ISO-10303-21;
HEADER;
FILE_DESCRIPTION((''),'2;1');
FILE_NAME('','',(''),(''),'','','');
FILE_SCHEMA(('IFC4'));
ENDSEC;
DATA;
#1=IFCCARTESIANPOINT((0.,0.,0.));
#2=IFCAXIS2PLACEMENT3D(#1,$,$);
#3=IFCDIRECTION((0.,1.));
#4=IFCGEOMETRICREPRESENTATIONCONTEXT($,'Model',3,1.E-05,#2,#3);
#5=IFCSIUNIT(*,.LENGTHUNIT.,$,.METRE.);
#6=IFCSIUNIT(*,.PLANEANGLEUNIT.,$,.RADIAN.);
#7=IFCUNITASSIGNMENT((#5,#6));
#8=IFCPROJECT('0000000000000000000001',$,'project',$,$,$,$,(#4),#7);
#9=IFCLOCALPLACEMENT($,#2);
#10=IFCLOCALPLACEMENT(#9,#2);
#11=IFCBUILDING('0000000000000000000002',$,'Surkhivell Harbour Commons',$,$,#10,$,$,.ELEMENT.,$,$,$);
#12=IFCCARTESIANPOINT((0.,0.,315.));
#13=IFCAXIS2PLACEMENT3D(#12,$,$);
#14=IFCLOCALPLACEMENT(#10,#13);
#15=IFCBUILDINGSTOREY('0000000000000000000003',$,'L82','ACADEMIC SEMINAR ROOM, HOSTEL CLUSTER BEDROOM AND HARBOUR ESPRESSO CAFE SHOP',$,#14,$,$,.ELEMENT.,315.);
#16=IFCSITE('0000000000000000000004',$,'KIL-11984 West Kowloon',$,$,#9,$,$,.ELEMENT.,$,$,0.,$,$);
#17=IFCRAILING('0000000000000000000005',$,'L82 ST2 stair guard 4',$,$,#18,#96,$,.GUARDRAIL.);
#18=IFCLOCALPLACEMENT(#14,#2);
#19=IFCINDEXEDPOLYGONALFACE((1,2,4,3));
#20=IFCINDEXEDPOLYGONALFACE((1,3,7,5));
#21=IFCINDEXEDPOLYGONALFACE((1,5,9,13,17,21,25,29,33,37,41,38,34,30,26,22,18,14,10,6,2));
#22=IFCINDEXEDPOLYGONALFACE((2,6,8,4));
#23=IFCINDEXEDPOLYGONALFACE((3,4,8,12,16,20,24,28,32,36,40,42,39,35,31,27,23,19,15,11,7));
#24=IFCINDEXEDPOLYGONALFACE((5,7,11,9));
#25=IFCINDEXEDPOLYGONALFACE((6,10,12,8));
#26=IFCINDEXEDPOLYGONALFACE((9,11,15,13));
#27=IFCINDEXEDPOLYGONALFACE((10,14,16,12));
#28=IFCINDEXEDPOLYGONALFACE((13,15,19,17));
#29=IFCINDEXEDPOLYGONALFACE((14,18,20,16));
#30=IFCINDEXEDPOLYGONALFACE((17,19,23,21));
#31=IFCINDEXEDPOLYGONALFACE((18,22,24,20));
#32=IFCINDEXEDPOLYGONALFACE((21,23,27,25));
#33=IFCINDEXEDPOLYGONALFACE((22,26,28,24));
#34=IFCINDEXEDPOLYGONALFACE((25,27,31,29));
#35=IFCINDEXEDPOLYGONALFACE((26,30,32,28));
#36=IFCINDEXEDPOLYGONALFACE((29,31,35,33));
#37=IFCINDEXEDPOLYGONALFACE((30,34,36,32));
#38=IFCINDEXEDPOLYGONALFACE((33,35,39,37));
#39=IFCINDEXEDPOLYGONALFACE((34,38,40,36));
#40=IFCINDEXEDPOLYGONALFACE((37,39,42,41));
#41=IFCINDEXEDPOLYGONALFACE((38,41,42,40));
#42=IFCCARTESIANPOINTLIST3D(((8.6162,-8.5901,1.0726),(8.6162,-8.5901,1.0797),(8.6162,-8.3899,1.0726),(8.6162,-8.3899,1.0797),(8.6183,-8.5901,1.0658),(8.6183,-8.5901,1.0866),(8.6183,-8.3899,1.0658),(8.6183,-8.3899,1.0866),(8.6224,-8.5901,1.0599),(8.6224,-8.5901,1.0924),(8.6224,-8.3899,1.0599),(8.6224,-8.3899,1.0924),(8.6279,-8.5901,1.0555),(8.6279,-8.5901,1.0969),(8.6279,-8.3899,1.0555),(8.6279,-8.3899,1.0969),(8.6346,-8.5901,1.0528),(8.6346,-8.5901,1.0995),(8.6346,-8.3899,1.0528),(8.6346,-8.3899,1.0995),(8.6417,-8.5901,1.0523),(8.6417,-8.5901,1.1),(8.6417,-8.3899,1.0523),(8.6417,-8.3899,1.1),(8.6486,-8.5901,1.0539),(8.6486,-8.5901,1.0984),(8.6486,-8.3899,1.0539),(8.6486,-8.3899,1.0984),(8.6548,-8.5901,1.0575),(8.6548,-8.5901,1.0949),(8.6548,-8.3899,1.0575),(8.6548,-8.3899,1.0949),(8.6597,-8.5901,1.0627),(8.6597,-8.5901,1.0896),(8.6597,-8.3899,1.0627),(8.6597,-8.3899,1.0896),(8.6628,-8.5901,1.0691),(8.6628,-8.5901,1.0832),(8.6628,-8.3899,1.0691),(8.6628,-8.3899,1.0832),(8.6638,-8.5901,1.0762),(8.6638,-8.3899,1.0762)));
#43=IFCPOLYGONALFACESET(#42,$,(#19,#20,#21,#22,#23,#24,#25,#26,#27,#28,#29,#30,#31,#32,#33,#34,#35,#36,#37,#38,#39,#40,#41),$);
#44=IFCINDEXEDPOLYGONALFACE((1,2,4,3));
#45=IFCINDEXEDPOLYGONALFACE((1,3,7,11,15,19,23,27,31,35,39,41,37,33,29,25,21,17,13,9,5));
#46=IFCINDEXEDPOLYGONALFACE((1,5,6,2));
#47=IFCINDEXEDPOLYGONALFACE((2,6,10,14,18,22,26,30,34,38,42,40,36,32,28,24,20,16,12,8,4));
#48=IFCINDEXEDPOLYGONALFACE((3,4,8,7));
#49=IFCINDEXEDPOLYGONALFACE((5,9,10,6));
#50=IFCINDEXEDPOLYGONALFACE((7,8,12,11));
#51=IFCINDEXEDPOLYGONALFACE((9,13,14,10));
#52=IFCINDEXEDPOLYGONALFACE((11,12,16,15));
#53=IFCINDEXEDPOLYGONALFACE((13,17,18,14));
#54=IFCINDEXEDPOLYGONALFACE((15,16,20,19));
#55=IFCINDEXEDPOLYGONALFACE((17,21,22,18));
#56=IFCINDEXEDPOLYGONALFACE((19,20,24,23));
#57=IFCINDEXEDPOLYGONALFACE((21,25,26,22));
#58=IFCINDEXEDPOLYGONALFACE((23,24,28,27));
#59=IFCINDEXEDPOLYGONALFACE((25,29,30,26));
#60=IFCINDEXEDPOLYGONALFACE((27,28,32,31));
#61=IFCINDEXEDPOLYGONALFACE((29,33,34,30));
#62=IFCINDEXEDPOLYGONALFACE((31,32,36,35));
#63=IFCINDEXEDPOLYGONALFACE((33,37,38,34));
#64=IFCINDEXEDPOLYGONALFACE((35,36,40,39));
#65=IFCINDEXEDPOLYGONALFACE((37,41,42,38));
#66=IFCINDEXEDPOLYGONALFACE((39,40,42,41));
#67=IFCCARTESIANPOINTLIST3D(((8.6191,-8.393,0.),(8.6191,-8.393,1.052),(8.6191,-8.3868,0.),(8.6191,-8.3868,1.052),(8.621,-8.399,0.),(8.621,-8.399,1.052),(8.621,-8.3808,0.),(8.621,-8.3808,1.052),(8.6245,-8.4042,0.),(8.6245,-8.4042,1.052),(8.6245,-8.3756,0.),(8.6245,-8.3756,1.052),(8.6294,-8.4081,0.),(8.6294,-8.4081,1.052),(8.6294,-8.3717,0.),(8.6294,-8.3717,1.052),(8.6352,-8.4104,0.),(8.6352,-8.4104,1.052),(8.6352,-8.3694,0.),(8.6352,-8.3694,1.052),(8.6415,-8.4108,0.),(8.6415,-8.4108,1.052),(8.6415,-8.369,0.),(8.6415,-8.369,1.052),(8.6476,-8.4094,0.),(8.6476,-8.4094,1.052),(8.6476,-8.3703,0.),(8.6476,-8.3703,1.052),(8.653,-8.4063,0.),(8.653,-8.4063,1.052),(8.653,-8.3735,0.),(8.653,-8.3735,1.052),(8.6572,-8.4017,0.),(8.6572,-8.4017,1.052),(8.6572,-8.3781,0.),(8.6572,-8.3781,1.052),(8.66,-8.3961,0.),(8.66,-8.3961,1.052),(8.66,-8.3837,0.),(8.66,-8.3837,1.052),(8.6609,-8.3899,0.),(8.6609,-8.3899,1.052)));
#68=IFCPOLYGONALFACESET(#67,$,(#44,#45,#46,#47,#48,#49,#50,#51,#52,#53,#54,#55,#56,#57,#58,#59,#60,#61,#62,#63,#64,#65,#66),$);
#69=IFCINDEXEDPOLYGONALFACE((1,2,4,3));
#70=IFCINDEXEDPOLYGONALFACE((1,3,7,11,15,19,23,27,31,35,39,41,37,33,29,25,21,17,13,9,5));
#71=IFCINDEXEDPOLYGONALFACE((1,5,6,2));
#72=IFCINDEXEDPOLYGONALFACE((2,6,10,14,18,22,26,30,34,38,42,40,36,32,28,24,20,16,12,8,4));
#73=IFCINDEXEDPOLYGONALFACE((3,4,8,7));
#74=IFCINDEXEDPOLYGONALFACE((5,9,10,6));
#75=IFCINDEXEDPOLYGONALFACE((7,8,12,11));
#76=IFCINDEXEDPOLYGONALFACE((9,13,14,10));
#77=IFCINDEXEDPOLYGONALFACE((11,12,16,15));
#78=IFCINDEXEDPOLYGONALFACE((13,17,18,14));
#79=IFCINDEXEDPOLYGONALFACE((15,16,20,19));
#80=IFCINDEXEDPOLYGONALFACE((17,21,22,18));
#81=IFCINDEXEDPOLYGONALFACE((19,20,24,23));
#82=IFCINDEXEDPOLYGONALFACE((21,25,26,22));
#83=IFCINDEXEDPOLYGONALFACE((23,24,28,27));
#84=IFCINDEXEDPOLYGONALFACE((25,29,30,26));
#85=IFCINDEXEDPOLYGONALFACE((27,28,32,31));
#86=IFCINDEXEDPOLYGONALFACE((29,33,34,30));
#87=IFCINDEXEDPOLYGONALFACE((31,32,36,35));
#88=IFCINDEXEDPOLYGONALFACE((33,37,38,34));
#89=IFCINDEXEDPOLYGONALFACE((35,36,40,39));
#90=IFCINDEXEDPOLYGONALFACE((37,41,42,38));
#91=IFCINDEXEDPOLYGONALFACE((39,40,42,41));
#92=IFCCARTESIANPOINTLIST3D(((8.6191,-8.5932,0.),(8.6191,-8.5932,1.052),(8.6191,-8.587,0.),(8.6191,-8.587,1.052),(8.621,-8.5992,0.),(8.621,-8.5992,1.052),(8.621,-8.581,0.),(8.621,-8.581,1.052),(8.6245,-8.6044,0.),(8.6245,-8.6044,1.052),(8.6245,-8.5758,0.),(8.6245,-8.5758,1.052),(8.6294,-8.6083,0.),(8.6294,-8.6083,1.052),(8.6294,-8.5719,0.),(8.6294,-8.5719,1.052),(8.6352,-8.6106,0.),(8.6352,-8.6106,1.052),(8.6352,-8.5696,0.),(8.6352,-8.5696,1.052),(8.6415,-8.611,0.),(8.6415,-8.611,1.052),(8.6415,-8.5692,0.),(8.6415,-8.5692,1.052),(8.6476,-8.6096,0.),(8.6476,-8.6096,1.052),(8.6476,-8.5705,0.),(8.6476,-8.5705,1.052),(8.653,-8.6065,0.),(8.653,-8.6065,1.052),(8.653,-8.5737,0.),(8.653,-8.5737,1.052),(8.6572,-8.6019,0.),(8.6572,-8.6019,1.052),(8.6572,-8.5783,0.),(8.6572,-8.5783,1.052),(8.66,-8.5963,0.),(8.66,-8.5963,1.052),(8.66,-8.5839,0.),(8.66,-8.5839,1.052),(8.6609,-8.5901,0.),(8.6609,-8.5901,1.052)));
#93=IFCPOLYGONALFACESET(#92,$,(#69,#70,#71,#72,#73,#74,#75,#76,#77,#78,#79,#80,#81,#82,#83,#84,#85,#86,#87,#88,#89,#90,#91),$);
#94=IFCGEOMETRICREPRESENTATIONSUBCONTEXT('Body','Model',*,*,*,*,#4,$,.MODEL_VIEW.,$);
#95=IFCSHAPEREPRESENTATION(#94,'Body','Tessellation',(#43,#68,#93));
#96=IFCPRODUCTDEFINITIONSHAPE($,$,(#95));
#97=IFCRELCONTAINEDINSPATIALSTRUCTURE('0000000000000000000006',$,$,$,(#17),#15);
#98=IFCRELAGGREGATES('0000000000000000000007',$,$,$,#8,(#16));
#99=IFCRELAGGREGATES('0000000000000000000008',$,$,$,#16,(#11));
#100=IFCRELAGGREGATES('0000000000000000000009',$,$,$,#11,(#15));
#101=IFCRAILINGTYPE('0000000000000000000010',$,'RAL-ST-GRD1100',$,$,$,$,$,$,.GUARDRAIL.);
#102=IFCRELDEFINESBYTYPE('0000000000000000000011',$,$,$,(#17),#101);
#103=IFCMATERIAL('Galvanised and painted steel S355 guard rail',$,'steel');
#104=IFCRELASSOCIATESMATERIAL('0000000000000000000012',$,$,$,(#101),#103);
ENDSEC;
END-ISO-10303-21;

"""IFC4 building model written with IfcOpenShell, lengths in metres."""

from ifc_helpers import new_model, si_unit, direction, frame, origin, origin_2d, place, context, subcontext, project, spatial, circle, extrude, material, type_object, element, save


model = new_model("IFC4")

# Units and contexts
model_context = context("Model", 3, precision=1e-05, world=origin(), true_north=direction((0.0, 1.0)))
body_context = subcontext(model_context, "Body", "Model", "MODEL_VIEW")
ifc_project = project(units=[si_unit("LENGTHUNIT", "METRE"), si_unit("PLANEANGLEUNIT", "RADIAN")], contexts=[model_context])

# Site, building, storey
site_placement = place(None, origin())
site = spatial("IfcSite", under=ifc_project, at=site_placement, Name="KIL-11984 West Kowloon", CompositionType="ELEMENT", RefElevation=0.0)
building_placement = place(site_placement, origin())
building = spatial("IfcBuilding", under=site, at=building_placement, Name="Surkhivell Harbour Commons", CompositionType="ELEMENT")
storey_placement = place(building_placement, frame((0.0, 0.0, 315.0)))
storey = spatial("IfcBuildingStorey", under=building, at=storey_placement, Name="L82", Description="ACADEMIC SEMINAR ROOM, HOSTEL CLUSTER BEDROOM AND HARBOUR ESPRESSO CAFE SHOP", CompositionType="ELEMENT", Elevation=315.0)

# Railing
ifc_material_1 = material(Name="Galvanised and painted steel S355 guard rail", Category="steel")
railing_type_1 = type_object("IfcRailingType", Name="RAL-ST-GRD1100", PredefinedType="GUARDRAIL", material=ifc_material_1)
railing_1_placement = place(storey_placement, frame((8.6399, -8.3899, 0.0)))
element("IfcRailing", 1, at=railing_1_placement, inside=storey, type_object=railing_type_1, Name="L82 ST2 stair guard 4", PredefinedType="GUARDRAIL", context=body_context, shape_type="SweptSolid", body=[
    extrude(circle(Radius=0.0239, at=origin_2d()), frame((0.0, 0.0, 1.0762), z_axis=(0.0, -1.0, 0.0), x_axis=(1.0, 0.0, 0.0)), (0.0, 0.0, 1.0), 0.2002),
    extrude(circle(Radius=0.021, at=origin_2d()), origin(), (0.0, 0.0, 1.0), 1.052),
    extrude(circle(Radius=0.021, at=origin_2d()), frame((0.0, -0.2002, 0.0)), (0.0, 0.0, 1.0), 1.052),
])

save(model, "model.ifc")
